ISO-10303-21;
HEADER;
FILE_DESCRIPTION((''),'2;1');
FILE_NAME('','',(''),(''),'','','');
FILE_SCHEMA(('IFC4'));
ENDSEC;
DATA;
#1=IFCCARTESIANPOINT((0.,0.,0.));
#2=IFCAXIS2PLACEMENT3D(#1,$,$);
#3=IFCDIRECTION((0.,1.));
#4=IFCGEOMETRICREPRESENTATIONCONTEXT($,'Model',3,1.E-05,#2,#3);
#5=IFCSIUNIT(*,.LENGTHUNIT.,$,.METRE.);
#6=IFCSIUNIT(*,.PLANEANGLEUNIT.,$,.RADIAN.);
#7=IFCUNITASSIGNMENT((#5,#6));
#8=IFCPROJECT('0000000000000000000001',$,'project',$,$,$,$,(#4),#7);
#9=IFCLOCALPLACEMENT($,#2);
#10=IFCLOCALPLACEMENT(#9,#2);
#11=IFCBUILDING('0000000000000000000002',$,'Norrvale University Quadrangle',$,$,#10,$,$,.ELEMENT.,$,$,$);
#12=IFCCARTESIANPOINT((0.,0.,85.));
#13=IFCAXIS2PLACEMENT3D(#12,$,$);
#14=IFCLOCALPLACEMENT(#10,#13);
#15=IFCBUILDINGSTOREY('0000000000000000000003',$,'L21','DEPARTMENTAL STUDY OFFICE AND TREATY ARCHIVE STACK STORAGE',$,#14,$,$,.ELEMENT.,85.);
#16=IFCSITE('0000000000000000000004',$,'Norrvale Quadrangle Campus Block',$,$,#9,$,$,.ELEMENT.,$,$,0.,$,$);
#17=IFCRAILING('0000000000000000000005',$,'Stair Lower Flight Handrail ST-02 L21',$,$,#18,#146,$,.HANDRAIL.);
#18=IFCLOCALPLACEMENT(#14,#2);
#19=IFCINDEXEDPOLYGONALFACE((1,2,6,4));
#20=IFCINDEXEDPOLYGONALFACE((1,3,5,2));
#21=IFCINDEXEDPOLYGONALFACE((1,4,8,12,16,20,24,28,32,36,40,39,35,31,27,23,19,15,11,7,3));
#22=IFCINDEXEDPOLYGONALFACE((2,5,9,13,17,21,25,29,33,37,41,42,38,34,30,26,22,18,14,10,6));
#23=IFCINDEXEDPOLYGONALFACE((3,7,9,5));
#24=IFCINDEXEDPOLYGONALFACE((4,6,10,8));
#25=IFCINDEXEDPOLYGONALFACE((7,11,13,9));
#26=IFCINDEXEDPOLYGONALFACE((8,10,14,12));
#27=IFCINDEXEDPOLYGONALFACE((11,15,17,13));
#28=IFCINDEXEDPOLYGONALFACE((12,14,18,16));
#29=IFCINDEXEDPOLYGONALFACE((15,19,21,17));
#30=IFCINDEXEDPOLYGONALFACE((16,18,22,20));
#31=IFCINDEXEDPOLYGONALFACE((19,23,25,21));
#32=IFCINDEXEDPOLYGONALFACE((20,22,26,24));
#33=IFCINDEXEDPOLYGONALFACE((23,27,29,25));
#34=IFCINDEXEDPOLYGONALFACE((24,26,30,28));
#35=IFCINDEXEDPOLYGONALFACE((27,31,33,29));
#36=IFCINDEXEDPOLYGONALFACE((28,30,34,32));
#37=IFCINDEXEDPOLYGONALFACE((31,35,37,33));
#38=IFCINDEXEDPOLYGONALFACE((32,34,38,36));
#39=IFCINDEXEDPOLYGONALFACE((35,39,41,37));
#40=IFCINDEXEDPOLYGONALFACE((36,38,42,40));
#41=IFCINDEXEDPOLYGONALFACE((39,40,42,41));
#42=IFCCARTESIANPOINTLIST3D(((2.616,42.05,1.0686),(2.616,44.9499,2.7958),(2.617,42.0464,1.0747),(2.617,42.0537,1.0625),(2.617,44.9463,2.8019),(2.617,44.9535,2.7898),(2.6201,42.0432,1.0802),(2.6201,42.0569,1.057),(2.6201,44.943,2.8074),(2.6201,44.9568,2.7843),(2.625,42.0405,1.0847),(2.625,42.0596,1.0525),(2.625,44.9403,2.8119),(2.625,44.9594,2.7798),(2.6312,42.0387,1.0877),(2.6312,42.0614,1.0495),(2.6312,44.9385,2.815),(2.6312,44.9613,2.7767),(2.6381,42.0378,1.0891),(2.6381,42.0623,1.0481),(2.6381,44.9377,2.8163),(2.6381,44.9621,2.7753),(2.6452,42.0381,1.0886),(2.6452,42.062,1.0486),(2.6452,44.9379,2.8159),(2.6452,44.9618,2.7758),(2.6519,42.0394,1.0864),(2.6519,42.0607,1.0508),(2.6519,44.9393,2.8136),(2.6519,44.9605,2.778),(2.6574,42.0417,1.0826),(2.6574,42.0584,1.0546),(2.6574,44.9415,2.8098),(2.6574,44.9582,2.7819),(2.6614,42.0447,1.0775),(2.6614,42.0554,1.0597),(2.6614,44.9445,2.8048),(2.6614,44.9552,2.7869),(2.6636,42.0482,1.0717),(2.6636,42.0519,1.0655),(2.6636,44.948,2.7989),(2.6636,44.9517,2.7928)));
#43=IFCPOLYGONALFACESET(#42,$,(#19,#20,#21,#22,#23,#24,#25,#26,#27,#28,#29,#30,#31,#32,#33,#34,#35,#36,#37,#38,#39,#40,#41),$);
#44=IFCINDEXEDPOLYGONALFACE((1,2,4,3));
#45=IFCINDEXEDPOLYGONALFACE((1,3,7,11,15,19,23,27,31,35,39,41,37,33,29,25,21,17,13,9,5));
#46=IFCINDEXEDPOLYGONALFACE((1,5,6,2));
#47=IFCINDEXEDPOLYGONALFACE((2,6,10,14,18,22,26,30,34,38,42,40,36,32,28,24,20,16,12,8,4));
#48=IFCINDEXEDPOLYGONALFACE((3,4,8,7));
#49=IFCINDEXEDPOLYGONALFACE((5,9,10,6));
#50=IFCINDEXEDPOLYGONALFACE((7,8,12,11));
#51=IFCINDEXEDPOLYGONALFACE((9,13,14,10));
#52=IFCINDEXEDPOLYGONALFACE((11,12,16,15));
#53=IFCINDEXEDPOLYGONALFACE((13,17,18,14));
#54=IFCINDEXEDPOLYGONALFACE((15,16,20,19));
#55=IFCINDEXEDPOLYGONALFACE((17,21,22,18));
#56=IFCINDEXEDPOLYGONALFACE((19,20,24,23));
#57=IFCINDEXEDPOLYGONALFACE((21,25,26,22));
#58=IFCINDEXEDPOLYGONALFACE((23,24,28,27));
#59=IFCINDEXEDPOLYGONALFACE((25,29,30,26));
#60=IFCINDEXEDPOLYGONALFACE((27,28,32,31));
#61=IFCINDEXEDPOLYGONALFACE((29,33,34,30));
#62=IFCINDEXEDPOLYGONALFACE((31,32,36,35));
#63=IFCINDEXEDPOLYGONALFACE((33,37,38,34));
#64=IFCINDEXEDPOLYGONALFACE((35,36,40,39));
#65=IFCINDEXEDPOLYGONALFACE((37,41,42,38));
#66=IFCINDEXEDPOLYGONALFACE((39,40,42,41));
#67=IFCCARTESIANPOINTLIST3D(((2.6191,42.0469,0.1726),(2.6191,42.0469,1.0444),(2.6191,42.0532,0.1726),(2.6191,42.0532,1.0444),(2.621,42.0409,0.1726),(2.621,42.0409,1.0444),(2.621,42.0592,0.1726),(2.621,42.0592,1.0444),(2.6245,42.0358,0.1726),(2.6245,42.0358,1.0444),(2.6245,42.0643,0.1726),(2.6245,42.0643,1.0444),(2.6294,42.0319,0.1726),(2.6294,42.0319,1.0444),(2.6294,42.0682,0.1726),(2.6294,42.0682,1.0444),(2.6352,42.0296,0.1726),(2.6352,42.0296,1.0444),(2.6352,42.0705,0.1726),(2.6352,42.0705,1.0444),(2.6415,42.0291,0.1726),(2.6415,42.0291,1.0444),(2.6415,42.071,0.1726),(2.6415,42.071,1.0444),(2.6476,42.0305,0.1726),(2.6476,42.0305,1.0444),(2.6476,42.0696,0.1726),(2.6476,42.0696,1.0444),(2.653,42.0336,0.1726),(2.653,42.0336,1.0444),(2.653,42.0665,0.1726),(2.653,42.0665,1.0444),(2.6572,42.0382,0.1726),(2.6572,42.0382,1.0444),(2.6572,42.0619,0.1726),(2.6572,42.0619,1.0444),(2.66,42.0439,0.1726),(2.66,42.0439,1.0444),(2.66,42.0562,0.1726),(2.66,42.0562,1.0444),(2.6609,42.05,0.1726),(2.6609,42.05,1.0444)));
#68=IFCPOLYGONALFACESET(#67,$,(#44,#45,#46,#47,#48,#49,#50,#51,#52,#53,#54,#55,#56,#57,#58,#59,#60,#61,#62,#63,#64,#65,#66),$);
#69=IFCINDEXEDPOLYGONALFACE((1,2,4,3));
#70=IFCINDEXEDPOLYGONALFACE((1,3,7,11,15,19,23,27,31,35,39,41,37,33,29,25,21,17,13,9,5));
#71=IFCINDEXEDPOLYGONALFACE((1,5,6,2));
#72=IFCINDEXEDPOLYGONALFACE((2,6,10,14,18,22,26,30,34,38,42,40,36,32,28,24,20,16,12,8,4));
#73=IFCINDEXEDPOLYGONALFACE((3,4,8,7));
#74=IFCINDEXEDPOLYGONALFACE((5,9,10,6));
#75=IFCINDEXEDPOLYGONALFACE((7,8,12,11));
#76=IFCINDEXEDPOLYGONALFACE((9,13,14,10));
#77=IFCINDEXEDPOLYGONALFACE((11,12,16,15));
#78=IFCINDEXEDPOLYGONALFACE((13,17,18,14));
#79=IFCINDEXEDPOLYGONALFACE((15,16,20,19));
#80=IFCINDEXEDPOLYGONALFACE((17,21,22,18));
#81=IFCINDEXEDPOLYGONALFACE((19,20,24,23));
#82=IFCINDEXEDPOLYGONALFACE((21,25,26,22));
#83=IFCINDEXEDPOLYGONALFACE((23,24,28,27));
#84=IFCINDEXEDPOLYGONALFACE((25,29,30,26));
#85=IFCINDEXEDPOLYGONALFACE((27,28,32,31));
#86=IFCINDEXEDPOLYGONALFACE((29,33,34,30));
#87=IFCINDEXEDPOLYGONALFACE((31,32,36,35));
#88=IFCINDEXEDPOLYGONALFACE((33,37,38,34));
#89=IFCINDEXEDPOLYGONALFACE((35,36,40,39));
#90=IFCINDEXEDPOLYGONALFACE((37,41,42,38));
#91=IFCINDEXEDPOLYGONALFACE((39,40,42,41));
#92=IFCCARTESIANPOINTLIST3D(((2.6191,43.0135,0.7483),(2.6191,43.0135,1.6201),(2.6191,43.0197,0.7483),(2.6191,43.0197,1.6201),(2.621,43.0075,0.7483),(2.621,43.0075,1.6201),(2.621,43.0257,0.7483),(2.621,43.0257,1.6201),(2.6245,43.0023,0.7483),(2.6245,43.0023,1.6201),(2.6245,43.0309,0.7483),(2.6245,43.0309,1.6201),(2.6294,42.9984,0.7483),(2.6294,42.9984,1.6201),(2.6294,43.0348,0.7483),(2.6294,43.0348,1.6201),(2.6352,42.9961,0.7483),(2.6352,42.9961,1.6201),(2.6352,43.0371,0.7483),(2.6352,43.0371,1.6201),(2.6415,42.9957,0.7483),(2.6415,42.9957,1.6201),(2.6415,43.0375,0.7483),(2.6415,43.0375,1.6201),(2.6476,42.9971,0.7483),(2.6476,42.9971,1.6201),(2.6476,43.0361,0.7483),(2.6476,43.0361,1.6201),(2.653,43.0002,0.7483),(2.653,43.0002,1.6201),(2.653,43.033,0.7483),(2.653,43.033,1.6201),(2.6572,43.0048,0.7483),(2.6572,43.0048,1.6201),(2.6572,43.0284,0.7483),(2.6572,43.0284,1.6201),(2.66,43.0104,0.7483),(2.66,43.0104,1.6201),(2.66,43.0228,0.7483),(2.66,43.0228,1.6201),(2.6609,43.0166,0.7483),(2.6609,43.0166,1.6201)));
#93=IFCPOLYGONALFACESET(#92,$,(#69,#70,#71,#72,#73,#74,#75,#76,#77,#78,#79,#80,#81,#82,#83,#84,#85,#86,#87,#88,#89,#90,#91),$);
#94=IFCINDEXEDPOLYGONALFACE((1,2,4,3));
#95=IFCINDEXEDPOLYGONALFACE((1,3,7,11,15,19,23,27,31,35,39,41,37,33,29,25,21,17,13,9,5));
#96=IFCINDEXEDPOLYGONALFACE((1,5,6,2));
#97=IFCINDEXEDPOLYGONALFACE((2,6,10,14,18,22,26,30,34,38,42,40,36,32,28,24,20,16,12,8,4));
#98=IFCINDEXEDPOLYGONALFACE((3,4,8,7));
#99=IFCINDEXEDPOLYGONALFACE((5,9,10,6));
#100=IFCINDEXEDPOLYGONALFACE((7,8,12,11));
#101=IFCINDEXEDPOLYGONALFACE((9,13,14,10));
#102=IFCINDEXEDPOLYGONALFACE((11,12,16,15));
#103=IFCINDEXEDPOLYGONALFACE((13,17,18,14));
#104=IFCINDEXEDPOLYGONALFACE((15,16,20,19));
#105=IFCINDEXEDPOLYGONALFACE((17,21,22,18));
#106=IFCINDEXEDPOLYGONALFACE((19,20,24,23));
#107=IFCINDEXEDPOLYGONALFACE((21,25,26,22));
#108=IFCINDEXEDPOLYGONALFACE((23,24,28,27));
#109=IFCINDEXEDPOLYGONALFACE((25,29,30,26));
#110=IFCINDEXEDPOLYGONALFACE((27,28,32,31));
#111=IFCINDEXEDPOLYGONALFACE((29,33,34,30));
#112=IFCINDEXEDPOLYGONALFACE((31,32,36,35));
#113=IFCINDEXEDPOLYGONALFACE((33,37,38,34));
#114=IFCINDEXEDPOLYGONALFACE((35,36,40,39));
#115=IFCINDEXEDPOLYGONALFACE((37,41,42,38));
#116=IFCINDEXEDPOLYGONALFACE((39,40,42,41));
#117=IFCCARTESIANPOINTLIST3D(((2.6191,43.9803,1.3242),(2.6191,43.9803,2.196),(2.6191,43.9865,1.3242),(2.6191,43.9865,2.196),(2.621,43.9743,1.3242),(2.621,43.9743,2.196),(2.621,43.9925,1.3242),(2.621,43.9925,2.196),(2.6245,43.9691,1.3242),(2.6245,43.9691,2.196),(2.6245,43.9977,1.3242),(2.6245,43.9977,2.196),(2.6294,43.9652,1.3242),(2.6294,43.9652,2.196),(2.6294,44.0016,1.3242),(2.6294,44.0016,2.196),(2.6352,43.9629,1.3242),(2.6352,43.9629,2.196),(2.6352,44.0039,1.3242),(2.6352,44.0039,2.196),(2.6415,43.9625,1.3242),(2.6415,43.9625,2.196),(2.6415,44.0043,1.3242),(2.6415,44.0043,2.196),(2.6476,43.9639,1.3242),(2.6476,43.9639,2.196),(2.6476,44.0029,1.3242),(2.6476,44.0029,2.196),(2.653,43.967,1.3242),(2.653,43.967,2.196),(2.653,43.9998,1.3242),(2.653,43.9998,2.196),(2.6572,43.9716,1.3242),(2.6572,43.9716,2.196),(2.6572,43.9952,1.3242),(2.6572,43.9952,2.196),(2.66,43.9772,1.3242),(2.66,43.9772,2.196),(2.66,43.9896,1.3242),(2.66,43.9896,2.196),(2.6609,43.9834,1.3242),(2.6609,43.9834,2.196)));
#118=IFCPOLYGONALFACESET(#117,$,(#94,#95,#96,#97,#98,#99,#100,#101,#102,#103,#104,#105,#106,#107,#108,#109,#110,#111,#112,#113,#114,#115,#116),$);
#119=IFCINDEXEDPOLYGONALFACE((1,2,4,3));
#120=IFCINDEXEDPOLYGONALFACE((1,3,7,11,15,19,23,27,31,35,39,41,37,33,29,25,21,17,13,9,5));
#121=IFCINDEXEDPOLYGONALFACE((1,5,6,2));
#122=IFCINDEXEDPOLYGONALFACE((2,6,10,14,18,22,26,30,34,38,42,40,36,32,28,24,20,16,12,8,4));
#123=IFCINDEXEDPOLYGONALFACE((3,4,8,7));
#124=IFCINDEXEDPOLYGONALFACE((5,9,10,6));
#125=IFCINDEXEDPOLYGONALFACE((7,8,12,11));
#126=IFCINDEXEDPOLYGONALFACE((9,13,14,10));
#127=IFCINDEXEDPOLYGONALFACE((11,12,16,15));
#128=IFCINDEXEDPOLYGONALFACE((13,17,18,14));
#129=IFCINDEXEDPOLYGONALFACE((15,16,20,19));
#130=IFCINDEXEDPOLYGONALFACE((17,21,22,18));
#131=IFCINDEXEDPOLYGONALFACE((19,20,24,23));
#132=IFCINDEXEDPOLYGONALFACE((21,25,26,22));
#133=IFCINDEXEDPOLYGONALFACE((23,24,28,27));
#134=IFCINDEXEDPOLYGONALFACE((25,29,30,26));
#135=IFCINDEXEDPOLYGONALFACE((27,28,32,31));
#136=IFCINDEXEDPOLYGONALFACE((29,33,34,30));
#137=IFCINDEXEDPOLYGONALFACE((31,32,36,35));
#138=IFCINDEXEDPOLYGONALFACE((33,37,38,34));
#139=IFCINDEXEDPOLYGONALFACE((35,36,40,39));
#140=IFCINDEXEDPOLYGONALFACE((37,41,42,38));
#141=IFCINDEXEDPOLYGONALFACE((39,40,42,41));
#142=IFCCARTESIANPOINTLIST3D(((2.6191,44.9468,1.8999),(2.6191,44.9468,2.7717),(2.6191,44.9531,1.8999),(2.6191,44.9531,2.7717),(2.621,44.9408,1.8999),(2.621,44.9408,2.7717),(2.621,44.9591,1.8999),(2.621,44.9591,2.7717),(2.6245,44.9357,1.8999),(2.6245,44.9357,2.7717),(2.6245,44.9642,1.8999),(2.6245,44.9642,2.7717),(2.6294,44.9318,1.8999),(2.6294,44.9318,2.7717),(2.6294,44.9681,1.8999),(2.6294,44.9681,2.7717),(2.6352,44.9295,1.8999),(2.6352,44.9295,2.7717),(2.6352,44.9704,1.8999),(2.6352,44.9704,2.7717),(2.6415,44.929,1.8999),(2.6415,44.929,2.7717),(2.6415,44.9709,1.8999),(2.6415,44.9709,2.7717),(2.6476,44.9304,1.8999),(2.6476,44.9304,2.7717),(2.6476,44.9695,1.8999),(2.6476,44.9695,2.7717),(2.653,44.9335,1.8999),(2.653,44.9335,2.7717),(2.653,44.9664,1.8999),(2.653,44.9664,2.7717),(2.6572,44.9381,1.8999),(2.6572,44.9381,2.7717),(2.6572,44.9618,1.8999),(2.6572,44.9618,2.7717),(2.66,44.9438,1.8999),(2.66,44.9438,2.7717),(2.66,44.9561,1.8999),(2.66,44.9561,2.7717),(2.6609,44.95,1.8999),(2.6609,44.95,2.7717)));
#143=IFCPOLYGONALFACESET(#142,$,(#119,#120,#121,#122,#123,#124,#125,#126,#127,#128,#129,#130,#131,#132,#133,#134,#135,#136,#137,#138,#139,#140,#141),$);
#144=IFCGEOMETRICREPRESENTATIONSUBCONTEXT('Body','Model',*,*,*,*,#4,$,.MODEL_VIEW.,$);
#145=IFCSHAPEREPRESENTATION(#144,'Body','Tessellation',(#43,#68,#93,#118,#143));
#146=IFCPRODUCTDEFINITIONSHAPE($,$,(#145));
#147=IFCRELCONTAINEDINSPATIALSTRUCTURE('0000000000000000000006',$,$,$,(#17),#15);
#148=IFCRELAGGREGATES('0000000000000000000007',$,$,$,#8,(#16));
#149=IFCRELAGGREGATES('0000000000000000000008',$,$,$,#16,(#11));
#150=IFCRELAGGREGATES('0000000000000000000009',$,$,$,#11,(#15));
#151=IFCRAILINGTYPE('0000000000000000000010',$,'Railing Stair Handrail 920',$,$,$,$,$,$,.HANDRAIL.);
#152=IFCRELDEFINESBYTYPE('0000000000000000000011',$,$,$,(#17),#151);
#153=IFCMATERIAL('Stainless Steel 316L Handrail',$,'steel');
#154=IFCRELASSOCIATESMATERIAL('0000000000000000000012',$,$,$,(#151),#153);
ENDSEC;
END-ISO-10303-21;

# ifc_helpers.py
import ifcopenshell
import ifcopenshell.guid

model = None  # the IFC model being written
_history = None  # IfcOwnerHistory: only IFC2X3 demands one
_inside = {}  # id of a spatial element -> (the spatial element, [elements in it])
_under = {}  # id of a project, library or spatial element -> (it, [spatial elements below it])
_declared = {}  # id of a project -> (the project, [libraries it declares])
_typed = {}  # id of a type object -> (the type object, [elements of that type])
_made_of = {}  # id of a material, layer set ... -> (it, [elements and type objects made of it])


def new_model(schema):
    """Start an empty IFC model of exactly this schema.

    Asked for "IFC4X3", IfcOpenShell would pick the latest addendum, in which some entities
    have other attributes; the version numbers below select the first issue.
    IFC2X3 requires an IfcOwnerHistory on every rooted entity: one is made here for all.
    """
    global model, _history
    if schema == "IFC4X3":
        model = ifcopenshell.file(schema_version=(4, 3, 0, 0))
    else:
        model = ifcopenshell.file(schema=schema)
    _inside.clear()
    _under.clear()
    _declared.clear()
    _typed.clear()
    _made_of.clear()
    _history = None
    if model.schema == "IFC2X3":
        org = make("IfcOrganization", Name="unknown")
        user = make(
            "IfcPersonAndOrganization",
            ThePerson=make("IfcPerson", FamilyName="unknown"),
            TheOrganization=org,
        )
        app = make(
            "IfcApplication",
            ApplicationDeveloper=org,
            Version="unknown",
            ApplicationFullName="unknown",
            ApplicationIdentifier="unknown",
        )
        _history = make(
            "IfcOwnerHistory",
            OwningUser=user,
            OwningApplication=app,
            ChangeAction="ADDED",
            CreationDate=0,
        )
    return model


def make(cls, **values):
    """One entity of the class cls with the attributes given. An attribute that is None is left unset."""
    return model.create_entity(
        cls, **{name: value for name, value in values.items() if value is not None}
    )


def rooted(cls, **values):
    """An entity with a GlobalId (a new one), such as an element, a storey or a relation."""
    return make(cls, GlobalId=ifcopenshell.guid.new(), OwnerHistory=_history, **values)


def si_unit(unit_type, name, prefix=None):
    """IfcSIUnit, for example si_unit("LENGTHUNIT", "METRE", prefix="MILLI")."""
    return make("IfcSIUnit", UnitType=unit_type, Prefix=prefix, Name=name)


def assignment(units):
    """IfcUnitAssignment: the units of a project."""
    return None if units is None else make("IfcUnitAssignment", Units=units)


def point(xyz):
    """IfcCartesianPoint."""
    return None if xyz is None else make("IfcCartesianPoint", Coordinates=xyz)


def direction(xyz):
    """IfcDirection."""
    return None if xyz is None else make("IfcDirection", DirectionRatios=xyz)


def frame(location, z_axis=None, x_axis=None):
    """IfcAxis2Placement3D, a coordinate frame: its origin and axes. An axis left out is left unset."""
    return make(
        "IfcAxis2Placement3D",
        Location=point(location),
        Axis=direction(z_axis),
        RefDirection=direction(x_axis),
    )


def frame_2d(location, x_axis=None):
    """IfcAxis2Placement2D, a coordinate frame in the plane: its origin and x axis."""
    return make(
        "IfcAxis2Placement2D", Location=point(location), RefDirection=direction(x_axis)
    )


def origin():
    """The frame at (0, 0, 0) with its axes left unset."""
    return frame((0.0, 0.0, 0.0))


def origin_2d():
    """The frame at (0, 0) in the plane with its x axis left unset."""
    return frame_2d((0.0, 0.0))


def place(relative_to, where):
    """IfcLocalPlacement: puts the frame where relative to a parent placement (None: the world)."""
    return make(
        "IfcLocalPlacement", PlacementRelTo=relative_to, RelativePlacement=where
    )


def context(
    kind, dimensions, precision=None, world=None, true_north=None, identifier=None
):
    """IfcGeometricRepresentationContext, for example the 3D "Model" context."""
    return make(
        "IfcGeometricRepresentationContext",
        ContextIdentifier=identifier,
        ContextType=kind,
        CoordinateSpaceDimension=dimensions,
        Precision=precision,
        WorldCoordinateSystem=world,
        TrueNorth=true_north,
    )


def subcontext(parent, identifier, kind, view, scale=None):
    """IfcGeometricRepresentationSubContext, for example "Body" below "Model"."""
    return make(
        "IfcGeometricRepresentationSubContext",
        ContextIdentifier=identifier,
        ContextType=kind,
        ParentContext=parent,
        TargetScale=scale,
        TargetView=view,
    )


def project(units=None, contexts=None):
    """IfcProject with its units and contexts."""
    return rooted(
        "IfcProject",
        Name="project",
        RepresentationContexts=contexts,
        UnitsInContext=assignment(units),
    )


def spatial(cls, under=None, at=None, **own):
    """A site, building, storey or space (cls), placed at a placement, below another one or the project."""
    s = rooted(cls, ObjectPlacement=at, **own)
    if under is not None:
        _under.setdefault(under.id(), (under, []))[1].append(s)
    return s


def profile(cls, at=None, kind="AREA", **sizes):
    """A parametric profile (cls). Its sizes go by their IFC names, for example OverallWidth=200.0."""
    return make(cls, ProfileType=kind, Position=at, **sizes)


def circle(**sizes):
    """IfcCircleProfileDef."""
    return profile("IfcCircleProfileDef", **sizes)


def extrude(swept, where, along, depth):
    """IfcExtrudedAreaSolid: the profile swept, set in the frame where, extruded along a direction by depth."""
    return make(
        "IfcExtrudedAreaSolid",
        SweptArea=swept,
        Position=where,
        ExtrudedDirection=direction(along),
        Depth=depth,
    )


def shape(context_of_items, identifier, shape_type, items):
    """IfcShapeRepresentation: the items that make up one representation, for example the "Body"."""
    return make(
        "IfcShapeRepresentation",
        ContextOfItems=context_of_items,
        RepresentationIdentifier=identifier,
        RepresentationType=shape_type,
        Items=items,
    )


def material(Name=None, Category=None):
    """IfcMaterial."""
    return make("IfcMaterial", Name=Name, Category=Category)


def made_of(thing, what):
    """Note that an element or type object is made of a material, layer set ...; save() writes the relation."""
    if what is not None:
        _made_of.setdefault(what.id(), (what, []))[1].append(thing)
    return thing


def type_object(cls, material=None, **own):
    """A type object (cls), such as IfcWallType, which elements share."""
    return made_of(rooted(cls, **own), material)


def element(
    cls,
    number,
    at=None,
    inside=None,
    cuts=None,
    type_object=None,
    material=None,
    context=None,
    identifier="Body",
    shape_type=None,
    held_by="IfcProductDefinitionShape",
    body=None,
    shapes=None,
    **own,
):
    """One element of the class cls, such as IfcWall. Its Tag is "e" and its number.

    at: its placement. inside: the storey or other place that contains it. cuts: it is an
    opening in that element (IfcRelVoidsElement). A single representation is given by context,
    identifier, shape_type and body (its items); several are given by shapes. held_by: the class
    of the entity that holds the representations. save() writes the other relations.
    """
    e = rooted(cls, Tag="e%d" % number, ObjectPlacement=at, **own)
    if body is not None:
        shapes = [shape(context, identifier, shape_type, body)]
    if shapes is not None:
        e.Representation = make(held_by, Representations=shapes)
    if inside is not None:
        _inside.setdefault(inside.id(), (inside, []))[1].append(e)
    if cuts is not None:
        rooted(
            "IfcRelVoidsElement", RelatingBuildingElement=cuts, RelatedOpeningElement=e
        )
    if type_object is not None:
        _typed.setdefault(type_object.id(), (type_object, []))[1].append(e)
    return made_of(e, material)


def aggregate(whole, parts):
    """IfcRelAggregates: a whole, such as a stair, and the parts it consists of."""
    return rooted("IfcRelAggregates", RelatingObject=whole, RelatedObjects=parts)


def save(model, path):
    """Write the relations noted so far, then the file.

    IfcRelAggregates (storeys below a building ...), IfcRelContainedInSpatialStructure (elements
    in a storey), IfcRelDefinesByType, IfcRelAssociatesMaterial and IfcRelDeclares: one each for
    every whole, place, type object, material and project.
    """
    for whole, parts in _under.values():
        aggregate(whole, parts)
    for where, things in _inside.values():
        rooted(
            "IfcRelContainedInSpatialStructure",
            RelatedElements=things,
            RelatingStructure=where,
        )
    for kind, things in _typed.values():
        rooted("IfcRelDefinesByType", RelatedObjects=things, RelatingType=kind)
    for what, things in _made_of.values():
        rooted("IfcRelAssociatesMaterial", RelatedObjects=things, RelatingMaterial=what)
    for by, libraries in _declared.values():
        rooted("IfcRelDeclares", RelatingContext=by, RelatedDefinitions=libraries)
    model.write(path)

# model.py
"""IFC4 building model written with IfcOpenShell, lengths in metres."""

from ifc_helpers import new_model, si_unit, direction, frame, origin, origin_2d, place, context, subcontext, project, spatial, circle, extrude, material, type_object, element, save


model = new_model("IFC4")

# Units and contexts
model_context = context("Model", 3, precision=1e-05, world=origin(), true_north=direction((0.0, 1.0)))
body_context = subcontext(model_context, "Body", "Model", "MODEL_VIEW")
ifc_project = project(units=[si_unit("LENGTHUNIT", "METRE"), si_unit("PLANEANGLEUNIT", "RADIAN")], contexts=[model_context])

# Site, building, storey
site_placement = place(None, origin())
site = spatial("IfcSite", under=ifc_project, at=site_placement, Name="Norrvale Quadrangle Campus Block", CompositionType="ELEMENT", RefElevation=0.0)
building_placement = place(site_placement, origin())
building = spatial("IfcBuilding", under=site, at=building_placement, Name="Norrvale University Quadrangle", CompositionType="ELEMENT")
storey_placement = place(building_placement, frame((0.0, 0.0, 85.0)))
storey = spatial("IfcBuildingStorey", under=building, at=storey_placement, Name="L21", Description="DEPARTMENTAL STUDY OFFICE AND TREATY ARCHIVE STACK STORAGE", CompositionType="ELEMENT", Elevation=85.0)

# Railing
ifc_material_1 = material(Name="Stainless Steel 316L Handrail", Category="steel")
railing_type_1 = type_object("IfcRailingType", Name="Railing Stair Handrail 920", PredefinedType="HANDRAIL", material=ifc_material_1)
railing_1_placement = place(storey_placement, frame((2.6399, 42.05, 0.1726)))
element("IfcRailing", 1, at=railing_1_placement, inside=storey, type_object=railing_type_1, Name="Stair Lower Flight Handrail ST-02 L21", PredefinedType="HANDRAIL", context=body_context, shape_type="SweptSolid", body=[
    extrude(circle(Radius=0.0239, at=origin_2d()), frame((0.0, 0.0, 0.896), z_axis=(0.0, 0.859141, 0.511738), x_axis=(-1.0, 0.0, 0.0)), (0.0, 0.0, 1.0), 3.3752),
    extrude(circle(Radius=0.021, at=origin_2d()), origin(), (0.0, 0.0, 1.0), 0.8718),
    extrude(circle(Radius=0.021, at=origin_2d()), frame((0.0, 0.9666, 0.5757)), (0.0, 0.0, 1.0), 0.8718),
    extrude(circle(Radius=0.021, at=origin_2d()), frame((0.0, 1.9333, 1.1516)), (0.0, 0.0, 1.0), 0.8718),
    extrude(circle(Radius=0.021, at=origin_2d()), frame((0.0, 2.8999, 1.7273)), (0.0, 0.0, 1.0), 0.8718),
])

save(model, "model.ifc")
